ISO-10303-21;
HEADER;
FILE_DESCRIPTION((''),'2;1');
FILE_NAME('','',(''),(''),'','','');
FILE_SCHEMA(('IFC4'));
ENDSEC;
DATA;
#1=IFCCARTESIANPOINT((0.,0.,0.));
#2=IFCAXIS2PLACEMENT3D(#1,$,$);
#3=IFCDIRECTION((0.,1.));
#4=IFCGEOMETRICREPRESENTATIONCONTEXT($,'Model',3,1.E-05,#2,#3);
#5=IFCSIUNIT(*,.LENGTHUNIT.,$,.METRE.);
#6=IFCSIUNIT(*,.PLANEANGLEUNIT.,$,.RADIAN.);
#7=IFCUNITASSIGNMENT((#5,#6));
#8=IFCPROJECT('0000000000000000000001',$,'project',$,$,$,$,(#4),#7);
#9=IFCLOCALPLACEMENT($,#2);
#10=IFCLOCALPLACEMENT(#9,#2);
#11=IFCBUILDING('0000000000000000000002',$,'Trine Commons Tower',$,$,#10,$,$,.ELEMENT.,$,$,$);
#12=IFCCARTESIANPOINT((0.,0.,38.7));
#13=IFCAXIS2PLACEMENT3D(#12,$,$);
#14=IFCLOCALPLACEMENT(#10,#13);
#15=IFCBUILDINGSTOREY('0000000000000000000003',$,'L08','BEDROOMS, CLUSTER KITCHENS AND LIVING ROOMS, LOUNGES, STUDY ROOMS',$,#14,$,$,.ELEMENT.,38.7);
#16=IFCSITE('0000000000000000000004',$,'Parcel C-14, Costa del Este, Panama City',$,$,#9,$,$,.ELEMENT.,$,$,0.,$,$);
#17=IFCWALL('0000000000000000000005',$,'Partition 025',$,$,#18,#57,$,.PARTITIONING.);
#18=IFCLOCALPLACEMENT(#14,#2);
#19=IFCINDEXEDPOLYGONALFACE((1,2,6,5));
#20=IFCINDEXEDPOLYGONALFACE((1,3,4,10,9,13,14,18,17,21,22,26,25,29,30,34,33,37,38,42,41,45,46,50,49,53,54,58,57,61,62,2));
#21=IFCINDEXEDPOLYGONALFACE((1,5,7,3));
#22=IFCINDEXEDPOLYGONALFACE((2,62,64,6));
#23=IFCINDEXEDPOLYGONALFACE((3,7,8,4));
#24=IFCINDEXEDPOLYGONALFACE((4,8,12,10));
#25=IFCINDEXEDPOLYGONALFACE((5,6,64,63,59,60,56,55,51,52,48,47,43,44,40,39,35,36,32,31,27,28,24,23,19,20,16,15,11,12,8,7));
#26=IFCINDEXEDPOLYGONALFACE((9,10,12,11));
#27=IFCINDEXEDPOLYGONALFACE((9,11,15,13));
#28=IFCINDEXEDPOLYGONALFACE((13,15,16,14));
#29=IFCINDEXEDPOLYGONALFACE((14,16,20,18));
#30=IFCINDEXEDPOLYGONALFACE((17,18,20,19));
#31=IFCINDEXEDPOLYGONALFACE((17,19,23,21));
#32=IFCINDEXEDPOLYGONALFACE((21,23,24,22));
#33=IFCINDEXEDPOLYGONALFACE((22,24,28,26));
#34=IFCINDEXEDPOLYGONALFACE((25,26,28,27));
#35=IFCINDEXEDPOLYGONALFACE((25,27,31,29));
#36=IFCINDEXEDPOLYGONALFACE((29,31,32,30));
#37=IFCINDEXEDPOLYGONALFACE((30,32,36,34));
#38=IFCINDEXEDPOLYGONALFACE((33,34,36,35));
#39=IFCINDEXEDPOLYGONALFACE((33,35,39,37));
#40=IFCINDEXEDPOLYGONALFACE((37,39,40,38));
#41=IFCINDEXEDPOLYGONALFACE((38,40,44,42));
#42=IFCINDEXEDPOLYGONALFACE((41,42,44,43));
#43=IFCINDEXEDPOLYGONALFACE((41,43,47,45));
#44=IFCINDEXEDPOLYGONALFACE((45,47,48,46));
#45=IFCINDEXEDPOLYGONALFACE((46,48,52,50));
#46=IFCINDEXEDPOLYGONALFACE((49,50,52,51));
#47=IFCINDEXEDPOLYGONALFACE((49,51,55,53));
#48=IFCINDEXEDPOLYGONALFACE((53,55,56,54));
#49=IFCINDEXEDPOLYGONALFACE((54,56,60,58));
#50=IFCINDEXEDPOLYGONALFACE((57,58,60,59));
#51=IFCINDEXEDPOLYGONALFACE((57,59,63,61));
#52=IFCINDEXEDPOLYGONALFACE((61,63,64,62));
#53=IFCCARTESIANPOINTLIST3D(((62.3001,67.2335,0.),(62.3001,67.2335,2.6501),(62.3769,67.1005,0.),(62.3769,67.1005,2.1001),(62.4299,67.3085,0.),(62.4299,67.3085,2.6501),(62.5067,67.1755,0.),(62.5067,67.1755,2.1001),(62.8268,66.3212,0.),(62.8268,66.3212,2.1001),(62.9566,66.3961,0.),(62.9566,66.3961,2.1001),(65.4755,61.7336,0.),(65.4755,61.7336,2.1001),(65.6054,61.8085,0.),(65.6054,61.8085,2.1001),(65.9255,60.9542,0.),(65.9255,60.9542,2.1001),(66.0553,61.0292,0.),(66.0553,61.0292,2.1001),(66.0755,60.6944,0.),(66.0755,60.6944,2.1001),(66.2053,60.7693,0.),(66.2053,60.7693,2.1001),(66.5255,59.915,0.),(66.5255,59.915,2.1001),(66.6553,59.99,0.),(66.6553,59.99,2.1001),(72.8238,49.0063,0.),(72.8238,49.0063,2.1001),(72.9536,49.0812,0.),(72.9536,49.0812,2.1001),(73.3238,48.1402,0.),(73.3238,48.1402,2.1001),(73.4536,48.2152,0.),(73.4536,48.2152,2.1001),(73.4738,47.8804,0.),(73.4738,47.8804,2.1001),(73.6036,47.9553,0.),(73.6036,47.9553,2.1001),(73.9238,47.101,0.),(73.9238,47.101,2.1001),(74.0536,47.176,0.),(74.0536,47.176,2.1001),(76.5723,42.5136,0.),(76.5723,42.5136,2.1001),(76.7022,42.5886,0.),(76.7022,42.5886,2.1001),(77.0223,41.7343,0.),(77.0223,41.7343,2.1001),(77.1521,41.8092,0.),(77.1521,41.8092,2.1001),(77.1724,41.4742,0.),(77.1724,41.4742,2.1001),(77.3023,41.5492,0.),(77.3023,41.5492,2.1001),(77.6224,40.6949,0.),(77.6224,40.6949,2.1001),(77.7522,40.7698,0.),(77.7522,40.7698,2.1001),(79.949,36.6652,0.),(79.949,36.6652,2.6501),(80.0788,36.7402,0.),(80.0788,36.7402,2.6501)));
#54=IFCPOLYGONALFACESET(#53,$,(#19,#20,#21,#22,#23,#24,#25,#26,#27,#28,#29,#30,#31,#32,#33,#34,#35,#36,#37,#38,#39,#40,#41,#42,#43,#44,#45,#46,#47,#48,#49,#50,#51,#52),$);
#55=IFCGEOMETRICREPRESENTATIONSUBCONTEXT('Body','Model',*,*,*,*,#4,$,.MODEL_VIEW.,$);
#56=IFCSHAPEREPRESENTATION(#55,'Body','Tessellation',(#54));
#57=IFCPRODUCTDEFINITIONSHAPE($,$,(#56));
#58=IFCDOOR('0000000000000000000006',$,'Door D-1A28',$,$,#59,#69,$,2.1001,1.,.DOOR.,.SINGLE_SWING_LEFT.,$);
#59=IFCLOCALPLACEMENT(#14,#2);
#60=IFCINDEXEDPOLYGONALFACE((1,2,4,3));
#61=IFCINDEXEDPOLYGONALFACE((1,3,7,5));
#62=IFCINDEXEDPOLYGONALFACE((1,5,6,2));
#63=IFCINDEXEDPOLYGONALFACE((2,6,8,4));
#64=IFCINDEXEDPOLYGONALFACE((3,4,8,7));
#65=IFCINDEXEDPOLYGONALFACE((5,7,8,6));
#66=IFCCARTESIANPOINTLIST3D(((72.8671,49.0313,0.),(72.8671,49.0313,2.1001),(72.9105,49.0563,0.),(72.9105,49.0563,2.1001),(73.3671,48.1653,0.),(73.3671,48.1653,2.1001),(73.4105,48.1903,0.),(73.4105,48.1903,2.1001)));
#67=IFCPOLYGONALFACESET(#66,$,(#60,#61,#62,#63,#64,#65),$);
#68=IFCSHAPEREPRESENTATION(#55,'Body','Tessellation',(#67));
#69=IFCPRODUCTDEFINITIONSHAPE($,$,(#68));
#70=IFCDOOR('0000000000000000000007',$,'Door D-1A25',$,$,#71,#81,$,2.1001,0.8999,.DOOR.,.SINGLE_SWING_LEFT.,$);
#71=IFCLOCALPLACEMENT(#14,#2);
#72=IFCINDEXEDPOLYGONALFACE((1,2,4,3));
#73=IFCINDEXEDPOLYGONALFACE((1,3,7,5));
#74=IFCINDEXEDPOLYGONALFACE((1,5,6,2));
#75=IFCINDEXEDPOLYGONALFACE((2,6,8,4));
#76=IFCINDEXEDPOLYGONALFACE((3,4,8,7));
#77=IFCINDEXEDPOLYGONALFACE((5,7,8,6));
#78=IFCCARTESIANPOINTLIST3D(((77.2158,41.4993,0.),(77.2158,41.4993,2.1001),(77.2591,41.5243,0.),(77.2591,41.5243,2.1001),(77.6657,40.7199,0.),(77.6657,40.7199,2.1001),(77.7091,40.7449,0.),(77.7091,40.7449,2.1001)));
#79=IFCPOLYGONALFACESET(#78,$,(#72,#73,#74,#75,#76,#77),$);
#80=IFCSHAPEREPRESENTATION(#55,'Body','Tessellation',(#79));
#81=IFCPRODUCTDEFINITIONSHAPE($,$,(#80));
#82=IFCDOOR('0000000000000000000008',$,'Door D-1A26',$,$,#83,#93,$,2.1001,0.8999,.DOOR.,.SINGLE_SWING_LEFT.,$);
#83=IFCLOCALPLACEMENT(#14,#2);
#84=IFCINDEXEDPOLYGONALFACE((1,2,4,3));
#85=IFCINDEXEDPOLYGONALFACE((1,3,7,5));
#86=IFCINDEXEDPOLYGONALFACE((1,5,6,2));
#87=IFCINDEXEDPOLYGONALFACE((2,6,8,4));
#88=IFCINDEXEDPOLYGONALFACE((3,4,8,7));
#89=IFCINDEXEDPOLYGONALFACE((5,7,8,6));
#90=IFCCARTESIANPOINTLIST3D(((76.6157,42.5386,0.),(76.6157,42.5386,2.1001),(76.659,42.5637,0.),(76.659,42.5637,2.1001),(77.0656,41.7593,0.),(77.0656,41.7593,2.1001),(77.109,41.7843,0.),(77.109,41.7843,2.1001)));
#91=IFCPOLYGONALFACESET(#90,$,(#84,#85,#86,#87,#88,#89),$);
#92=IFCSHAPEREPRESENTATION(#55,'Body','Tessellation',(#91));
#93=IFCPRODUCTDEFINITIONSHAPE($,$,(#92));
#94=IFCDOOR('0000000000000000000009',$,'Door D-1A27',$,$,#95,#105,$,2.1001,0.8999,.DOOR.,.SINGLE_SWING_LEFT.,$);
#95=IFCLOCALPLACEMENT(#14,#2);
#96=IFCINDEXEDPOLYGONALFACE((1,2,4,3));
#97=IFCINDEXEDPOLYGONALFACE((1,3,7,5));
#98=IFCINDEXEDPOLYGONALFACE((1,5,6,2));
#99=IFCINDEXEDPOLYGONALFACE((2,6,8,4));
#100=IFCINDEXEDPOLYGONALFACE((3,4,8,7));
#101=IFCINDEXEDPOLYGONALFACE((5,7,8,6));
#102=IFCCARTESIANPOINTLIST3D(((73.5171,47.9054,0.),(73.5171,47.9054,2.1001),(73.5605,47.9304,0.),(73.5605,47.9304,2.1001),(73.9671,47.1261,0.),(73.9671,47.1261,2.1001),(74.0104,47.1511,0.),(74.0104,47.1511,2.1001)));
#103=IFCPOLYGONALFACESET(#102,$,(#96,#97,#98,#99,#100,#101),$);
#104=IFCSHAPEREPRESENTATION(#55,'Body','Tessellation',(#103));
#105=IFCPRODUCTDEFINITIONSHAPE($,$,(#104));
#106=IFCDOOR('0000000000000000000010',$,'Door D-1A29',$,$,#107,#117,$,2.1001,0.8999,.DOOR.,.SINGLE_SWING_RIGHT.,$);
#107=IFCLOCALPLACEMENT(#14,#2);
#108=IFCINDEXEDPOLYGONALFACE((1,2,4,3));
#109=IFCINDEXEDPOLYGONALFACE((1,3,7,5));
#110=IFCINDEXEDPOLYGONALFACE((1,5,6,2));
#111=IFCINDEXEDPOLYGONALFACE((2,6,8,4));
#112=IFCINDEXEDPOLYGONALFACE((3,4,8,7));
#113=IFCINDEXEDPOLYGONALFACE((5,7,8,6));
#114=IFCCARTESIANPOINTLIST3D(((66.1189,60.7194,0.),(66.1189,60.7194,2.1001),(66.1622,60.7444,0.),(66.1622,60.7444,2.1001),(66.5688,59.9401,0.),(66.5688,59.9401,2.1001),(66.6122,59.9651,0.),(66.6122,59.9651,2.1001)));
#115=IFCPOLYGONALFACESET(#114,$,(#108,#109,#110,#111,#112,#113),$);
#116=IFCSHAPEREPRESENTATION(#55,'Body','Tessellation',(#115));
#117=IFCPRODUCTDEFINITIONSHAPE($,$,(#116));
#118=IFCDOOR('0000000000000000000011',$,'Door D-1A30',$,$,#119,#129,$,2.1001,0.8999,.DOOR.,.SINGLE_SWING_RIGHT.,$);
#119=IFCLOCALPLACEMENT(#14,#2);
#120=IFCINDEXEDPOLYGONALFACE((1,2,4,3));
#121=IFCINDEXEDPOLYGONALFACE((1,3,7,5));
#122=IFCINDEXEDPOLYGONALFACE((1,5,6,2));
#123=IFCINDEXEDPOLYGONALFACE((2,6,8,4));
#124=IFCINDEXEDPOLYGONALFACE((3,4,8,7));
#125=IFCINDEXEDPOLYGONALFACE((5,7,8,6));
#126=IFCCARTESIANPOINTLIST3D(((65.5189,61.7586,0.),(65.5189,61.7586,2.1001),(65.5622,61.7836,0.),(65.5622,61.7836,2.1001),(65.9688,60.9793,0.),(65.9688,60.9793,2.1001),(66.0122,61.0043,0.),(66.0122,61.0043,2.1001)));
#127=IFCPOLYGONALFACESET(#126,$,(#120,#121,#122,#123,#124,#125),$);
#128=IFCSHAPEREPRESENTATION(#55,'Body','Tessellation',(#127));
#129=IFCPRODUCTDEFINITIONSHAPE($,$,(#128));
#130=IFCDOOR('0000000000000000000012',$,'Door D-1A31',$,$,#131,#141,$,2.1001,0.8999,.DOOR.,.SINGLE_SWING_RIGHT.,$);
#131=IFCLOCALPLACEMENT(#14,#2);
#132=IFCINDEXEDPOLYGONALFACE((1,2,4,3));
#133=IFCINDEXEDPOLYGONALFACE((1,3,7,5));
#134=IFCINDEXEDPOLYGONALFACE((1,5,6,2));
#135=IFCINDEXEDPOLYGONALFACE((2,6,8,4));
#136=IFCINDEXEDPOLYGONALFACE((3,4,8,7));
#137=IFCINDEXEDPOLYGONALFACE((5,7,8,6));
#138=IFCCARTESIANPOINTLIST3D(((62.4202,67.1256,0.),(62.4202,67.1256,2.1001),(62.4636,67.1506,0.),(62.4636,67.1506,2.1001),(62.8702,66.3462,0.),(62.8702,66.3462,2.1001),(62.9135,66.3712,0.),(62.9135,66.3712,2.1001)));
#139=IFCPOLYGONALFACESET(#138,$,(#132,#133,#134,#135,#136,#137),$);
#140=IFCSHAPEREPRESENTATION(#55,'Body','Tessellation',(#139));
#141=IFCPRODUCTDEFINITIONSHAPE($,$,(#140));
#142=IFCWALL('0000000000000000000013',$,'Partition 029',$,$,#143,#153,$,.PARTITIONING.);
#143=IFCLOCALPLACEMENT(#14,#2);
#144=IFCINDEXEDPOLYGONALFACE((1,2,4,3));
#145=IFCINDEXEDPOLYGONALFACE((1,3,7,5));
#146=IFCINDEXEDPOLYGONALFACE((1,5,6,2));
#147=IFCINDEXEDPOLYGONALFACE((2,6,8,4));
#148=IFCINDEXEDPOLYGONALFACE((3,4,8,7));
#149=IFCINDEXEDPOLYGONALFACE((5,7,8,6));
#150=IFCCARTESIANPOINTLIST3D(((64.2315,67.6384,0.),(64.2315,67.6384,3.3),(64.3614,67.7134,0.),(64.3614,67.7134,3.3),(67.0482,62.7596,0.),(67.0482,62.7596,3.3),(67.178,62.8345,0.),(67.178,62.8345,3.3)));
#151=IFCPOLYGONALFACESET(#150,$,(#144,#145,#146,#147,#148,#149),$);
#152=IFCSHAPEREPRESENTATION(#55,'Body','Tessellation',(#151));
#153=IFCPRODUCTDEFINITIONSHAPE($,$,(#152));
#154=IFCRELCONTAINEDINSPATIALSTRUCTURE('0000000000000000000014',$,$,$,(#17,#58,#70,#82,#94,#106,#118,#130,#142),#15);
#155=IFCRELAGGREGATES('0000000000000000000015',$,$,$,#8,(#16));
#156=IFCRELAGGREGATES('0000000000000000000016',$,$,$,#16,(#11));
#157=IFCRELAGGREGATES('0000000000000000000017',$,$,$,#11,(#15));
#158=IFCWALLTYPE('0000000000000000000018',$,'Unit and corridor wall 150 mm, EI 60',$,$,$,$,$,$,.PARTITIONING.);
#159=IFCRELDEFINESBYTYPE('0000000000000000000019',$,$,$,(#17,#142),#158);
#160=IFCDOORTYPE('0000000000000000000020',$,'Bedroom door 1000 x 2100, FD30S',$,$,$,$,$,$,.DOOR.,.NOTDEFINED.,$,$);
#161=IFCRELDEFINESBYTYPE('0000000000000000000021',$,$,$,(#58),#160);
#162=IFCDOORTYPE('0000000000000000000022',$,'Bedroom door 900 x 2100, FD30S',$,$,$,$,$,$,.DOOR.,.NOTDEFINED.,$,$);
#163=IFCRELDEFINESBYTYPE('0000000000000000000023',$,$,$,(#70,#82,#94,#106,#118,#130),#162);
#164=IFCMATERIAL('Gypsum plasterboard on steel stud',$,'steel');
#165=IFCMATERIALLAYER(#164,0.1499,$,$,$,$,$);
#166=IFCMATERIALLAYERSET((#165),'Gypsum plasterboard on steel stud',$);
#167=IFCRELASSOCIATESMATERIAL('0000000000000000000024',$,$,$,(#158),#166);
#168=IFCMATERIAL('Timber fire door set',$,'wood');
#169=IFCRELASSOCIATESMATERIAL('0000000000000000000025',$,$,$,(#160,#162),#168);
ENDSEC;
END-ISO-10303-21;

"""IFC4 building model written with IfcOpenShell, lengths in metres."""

from ifc_helpers import new_model, si_unit, direction, frame, frame_2d, origin, place, context, subcontext, project, spatial, rectangle, extrude, material, layer, layer_set, type_object, element, fill, save


model = new_model("IFC4")

# Units and contexts
model_context = context("Model", 3, precision=1e-05, world=origin(), true_north=direction((0.0, 1.0)))
body_context = subcontext(model_context, "Body", "Model", "MODEL_VIEW")
ifc_project = project(units=[si_unit("LENGTHUNIT", "METRE"), si_unit("PLANEANGLEUNIT", "RADIAN")], contexts=[model_context])

# Site, building, storey
site_placement = place(None, origin())
site = spatial("IfcSite", under=ifc_project, at=site_placement, Name="Parcel C-14, Costa del Este, Panama City", CompositionType="ELEMENT", RefElevation=0.0)
building_placement = place(site_placement, origin())
building = spatial("IfcBuilding", under=site, at=building_placement, Name="Trine Commons Tower", CompositionType="ELEMENT")
storey_placement = place(building_placement, frame((0.0, 0.0, 38.7)))
storey = spatial("IfcBuildingStorey", under=building, at=storey_placement, Name="L08", Description="BEDROOMS, CLUSTER KITCHENS AND LIVING ROOMS, LOUNGES, STUDY ROOMS", CompositionType="ELEMENT", Elevation=38.7)

# Wall, openings, doors
ifc_material_1 = material(Name="Gypsum plasterboard on steel stud", Category="steel")
ifc_layer_1 = layer(ifc_material_1, 0.1499)
ifc_layer_set_1 = layer_set([ifc_layer_1], Name="Gypsum plasterboard on steel stud")
wall_type_1 = type_object("IfcWallType", Name="Unit and corridor wall 150 mm, EI 60", PredefinedType="PARTITIONING", material=ifc_layer_set_1)
wall_1_placement = place(storey_placement, frame((62.365, 67.271, 0.0), z_axis=(0.0, 0.0, 1.0), x_axis=(0.500006, -0.866022, 0.0)))
wall_1 = element("IfcWall", 1, at=wall_1_placement, inside=storey, type_object=wall_type_1, Name="Partition 025", PredefinedType="PARTITIONING", context=body_context, shape_type="SweptSolid", body=[
    extrude(rectangle(XDim=35.2974, YDim=0.1499, at=frame_2d((17.6487, 0.0))), origin(), (0.0, 0.0, 1.0), 2.6501),
])
opening_1_placement = place(wall_1_placement, frame((29.7444, 0.0, 0.0)))
opening_1 = element("IfcOpeningElement", 2, at=opening_1_placement, cuts=wall_1, PredefinedType="OPENING", context=body_context, shape_type="SweptSolid", body=[
    extrude(rectangle(XDim=0.8999, YDim=2.1001, at=frame_2d((0.45, 1.05))), frame((0.0, 0.085, 0.0), z_axis=(0.0, -1.0, 0.0), x_axis=(1.0, 0.0, 0.0)), (0.0, 0.0, 1.0), 0.1699),
])
opening_2_placement = place(wall_1_placement, frame((28.5442, 0.0, 0.0)))
opening_2 = element("IfcOpeningElement", 3, at=opening_2_placement, cuts=wall_1, PredefinedType="OPENING", context=body_context, shape_type="SweptSolid", body=[
    extrude(rectangle(XDim=0.8999, YDim=2.1001, at=frame_2d((0.45, 1.05))), frame((0.0, 0.085, 0.0), z_axis=(0.0, -1.0, 0.0), x_axis=(1.0, 0.0, 0.0)), (0.0, 0.0, 1.0), 0.1699),
])
opening_3_placement = place(wall_1_placement, frame((22.3472, 0.0, 0.0)))
opening_3 = element("IfcOpeningElement", 4, at=opening_3_placement, cuts=wall_1, PredefinedType="OPENING", context=body_context, shape_type="SweptSolid", body=[
    extrude(rectangle(XDim=0.8999, YDim=2.1001, at=frame_2d((0.45, 1.05))), frame((0.0, 0.085, 0.0), z_axis=(0.0, -1.0, 0.0), x_axis=(1.0, 0.0, 0.0)), (0.0, 0.0, 1.0), 0.1699),
])
opening_4_placement = place(wall_1_placement, frame((21.0471, 0.0, 0.0)))
opening_4 = element("IfcOpeningElement", 5, at=opening_4_placement, cuts=wall_1, PredefinedType="OPENING", context=body_context, shape_type="SweptSolid", body=[
    extrude(rectangle(XDim=1.0, YDim=2.1001, at=frame_2d((0.5, 1.05))), frame((0.0, 0.085, 0.0), z_axis=(0.0, -1.0, 0.0), x_axis=(1.0, 0.0, 0.0)), (0.0, 0.0, 1.0), 0.1699),
])
opening_5_placement = place(wall_1_placement, frame((7.5508, 0.0, 0.0)))
opening_5 = element("IfcOpeningElement", 6, at=opening_5_placement, cuts=wall_1, PredefinedType="OPENING", context=body_context, shape_type="SweptSolid", body=[
    extrude(rectangle(XDim=0.8999, YDim=2.1001, at=frame_2d((0.45, 1.05))), frame((0.0, 0.085, 0.0), z_axis=(0.0, -1.0, 0.0), x_axis=(1.0, 0.0, 0.0)), (0.0, 0.0, 1.0), 0.1699),
])
opening_6_placement = place(wall_1_placement, frame((6.3508, 0.0, 0.0)))
opening_6 = element("IfcOpeningElement", 7, at=opening_6_placement, cuts=wall_1, PredefinedType="OPENING", context=body_context, shape_type="SweptSolid", body=[
    extrude(rectangle(XDim=0.8999, YDim=2.1001, at=frame_2d((0.45, 1.05))), frame((0.0, 0.085, 0.0), z_axis=(0.0, -1.0, 0.0), x_axis=(1.0, 0.0, 0.0)), (0.0, 0.0, 1.0), 0.1699),
])
opening_7_placement = place(wall_1_placement, frame((0.1536, 0.0, 0.0)))
opening_7 = element("IfcOpeningElement", 8, at=opening_7_placement, cuts=wall_1, PredefinedType="OPENING", context=body_context, shape_type="SweptSolid", body=[
    extrude(rectangle(XDim=0.8999, YDim=2.1001, at=frame_2d((0.45, 1.05))), frame((0.0, 0.085, 0.0), z_axis=(0.0, -1.0, 0.0), x_axis=(1.0, 0.0, 0.0)), (0.0, 0.0, 1.0), 0.1699),
])
ifc_material_2 = material(Name="Timber fire door set", Category="wood")
door_type_1 = type_object("IfcDoorType", Name="Bedroom door 1000 x 2100, FD30S", OperationType="NOTDEFINED", PredefinedType="DOOR", material=ifc_material_2)
door_1_placement = place(opening_4_placement, frame((1.0, 0.0, 0.0), z_axis=(0.0, 0.0, 1.0), x_axis=(-1.0, 0.0, 0.0)))
door_1 = element("IfcDoor", 9, at=door_1_placement, inside=storey, type_object=door_type_1, Name="Door D-1A28", OperationType="SINGLE_SWING_LEFT", OverallHeight=2.1001, OverallWidth=1.0, PredefinedType="DOOR", context=body_context, shape_type="SweptSolid", body=[
    extrude(rectangle(XDim=1.0, YDim=2.1001, at=frame_2d((0.5, 1.05))), frame((0.0, 0.0249, 0.0), z_axis=(0.0, -1.0, 0.0), x_axis=(1.0, 0.0, 0.0)), (0.0, 0.0, 1.0), 0.05),
])
fill(opening_4, door_1)
door_type_2 = type_object("IfcDoorType", Name="Bedroom door 900 x 2100, FD30S", OperationType="NOTDEFINED", PredefinedType="DOOR", material=ifc_material_2)
door_2_placement = place(opening_1_placement, frame((0.8999, 0.0, 0.0), z_axis=(0.0, 0.0, 1.0), x_axis=(-1.0, 0.0, 0.0)))
door_2 = element("IfcDoor", 10, at=door_2_placement, inside=storey, type_object=door_type_2, Name="Door D-1A25", OperationType="SINGLE_SWING_LEFT", OverallHeight=2.1001, OverallWidth=0.8999, PredefinedType="DOOR", context=body_context, shape_type="SweptSolid", body=[
    extrude(rectangle(XDim=0.8999, YDim=2.1001, at=frame_2d((0.45, 1.05))), frame((0.0, 0.0249, 0.0), z_axis=(0.0, -1.0, 0.0), x_axis=(1.0, 0.0, 0.0)), (0.0, 0.0, 1.0), 0.05),
])
fill(opening_1, door_2)
door_3_placement = place(opening_2_placement, frame((0.8999, 0.0, 0.0), z_axis=(0.0, 0.0, 1.0), x_axis=(-1.0, 0.0, 0.0)))
door_3 = element("IfcDoor", 11, at=door_3_placement, inside=storey, type_object=door_type_2, Name="Door D-1A26", OperationType="SINGLE_SWING_LEFT", OverallHeight=2.1001, OverallWidth=0.8999, PredefinedType="DOOR", context=body_context, shape_type="SweptSolid", body=[
    extrude(rectangle(XDim=0.8999, YDim=2.1001, at=frame_2d((0.45, 1.05))), frame((0.0, 0.0249, 0.0), z_axis=(0.0, -1.0, 0.0), x_axis=(1.0, 0.0, 0.0)), (0.0, 0.0, 1.0), 0.05),
])
fill(opening_2, door_3)
door_4_placement = place(opening_3_placement, frame((0.8999, 0.0, 0.0), z_axis=(0.0, 0.0, 1.0), x_axis=(-1.0, 0.0, 0.0)))
door_4 = element("IfcDoor", 12, at=door_4_placement, inside=storey, type_object=door_type_2, Name="Door D-1A27", OperationType="SINGLE_SWING_LEFT", OverallHeight=2.1001, OverallWidth=0.8999, PredefinedType="DOOR", context=body_context, shape_type="SweptSolid", body=[
    extrude(rectangle(XDim=0.8999, YDim=2.1001, at=frame_2d((0.45, 1.05))), frame((0.0, 0.0249, 0.0), z_axis=(0.0, -1.0, 0.0), x_axis=(1.0, 0.0, 0.0)), (0.0, 0.0, 1.0), 0.05),
])
fill(opening_3, door_4)
door_5_placement = place(opening_5_placement, frame((0.8999, 0.0, 0.0), z_axis=(0.0, 0.0, 1.0), x_axis=(-1.0, 0.0, 0.0)))
door_5 = element("IfcDoor", 13, at=door_5_placement, inside=storey, type_object=door_type_2, Name="Door D-1A29", OperationType="SINGLE_SWING_RIGHT", OverallHeight=2.1001, OverallWidth=0.8999, PredefinedType="DOOR", context=body_context, shape_type="SweptSolid", body=[
    extrude(rectangle(XDim=0.8999, YDim=2.1001, at=frame_2d((0.45, 1.05))), frame((0.0, 0.0249, 0.0), z_axis=(0.0, -1.0, 0.0), x_axis=(1.0, 0.0, 0.0)), (0.0, 0.0, 1.0), 0.05),
])
fill(opening_5, door_5)
door_6_placement = place(opening_6_placement, frame((0.8999, 0.0, 0.0), z_axis=(0.0, 0.0, 1.0), x_axis=(-1.0, 0.0, 0.0)))
door_6 = element("IfcDoor", 14, at=door_6_placement, inside=storey, type_object=door_type_2, Name="Door D-1A30", OperationType="SINGLE_SWING_RIGHT", OverallHeight=2.1001, OverallWidth=0.8999, PredefinedType="DOOR", context=body_context, shape_type="SweptSolid", body=[
    extrude(rectangle(XDim=0.8999, YDim=2.1001, at=frame_2d((0.45, 1.05))), frame((0.0, 0.0249, 0.0), z_axis=(0.0, -1.0, 0.0), x_axis=(1.0, 0.0, 0.0)), (0.0, 0.0, 1.0), 0.05),
])
fill(opening_6, door_6)
door_7_placement = place(opening_7_placement, frame((0.8999, 0.0, 0.0), z_axis=(0.0, 0.0, 1.0), x_axis=(-1.0, 0.0, 0.0)))
door_7 = element("IfcDoor", 15, at=door_7_placement, inside=storey, type_object=door_type_2, Name="Door D-1A31", OperationType="SINGLE_SWING_RIGHT", OverallHeight=2.1001, OverallWidth=0.8999, PredefinedType="DOOR", context=body_context, shape_type="SweptSolid", body=[
    extrude(rectangle(XDim=0.8999, YDim=2.1001, at=frame_2d((0.45, 1.05))), frame((0.0, 0.0249, 0.0), z_axis=(0.0, -1.0, 0.0), x_axis=(1.0, 0.0, 0.0)), (0.0, 0.0, 1.0), 0.05),
])
fill(opening_7, door_7)

# Wall
wall_2_placement = place(storey_placement, frame((64.2964, 67.676, 0.0), z_axis=(0.0, 0.0, 1.0), x_axis=(0.499975, -0.86604, 0.0)))
element("IfcWall", 16, at=wall_2_placement, inside=storey, type_object=wall_type_1, Name="Partition 029", PredefinedType="PARTITIONING", context=body_context, shape_type="SweptSolid", body=[
    extrude(rectangle(XDim=5.6335, YDim=0.1499, at=frame_2d((2.8169, 0.0))), origin(), (0.0, 0.0, 1.0), 3.3),
])

save(model, "model.ifc")
